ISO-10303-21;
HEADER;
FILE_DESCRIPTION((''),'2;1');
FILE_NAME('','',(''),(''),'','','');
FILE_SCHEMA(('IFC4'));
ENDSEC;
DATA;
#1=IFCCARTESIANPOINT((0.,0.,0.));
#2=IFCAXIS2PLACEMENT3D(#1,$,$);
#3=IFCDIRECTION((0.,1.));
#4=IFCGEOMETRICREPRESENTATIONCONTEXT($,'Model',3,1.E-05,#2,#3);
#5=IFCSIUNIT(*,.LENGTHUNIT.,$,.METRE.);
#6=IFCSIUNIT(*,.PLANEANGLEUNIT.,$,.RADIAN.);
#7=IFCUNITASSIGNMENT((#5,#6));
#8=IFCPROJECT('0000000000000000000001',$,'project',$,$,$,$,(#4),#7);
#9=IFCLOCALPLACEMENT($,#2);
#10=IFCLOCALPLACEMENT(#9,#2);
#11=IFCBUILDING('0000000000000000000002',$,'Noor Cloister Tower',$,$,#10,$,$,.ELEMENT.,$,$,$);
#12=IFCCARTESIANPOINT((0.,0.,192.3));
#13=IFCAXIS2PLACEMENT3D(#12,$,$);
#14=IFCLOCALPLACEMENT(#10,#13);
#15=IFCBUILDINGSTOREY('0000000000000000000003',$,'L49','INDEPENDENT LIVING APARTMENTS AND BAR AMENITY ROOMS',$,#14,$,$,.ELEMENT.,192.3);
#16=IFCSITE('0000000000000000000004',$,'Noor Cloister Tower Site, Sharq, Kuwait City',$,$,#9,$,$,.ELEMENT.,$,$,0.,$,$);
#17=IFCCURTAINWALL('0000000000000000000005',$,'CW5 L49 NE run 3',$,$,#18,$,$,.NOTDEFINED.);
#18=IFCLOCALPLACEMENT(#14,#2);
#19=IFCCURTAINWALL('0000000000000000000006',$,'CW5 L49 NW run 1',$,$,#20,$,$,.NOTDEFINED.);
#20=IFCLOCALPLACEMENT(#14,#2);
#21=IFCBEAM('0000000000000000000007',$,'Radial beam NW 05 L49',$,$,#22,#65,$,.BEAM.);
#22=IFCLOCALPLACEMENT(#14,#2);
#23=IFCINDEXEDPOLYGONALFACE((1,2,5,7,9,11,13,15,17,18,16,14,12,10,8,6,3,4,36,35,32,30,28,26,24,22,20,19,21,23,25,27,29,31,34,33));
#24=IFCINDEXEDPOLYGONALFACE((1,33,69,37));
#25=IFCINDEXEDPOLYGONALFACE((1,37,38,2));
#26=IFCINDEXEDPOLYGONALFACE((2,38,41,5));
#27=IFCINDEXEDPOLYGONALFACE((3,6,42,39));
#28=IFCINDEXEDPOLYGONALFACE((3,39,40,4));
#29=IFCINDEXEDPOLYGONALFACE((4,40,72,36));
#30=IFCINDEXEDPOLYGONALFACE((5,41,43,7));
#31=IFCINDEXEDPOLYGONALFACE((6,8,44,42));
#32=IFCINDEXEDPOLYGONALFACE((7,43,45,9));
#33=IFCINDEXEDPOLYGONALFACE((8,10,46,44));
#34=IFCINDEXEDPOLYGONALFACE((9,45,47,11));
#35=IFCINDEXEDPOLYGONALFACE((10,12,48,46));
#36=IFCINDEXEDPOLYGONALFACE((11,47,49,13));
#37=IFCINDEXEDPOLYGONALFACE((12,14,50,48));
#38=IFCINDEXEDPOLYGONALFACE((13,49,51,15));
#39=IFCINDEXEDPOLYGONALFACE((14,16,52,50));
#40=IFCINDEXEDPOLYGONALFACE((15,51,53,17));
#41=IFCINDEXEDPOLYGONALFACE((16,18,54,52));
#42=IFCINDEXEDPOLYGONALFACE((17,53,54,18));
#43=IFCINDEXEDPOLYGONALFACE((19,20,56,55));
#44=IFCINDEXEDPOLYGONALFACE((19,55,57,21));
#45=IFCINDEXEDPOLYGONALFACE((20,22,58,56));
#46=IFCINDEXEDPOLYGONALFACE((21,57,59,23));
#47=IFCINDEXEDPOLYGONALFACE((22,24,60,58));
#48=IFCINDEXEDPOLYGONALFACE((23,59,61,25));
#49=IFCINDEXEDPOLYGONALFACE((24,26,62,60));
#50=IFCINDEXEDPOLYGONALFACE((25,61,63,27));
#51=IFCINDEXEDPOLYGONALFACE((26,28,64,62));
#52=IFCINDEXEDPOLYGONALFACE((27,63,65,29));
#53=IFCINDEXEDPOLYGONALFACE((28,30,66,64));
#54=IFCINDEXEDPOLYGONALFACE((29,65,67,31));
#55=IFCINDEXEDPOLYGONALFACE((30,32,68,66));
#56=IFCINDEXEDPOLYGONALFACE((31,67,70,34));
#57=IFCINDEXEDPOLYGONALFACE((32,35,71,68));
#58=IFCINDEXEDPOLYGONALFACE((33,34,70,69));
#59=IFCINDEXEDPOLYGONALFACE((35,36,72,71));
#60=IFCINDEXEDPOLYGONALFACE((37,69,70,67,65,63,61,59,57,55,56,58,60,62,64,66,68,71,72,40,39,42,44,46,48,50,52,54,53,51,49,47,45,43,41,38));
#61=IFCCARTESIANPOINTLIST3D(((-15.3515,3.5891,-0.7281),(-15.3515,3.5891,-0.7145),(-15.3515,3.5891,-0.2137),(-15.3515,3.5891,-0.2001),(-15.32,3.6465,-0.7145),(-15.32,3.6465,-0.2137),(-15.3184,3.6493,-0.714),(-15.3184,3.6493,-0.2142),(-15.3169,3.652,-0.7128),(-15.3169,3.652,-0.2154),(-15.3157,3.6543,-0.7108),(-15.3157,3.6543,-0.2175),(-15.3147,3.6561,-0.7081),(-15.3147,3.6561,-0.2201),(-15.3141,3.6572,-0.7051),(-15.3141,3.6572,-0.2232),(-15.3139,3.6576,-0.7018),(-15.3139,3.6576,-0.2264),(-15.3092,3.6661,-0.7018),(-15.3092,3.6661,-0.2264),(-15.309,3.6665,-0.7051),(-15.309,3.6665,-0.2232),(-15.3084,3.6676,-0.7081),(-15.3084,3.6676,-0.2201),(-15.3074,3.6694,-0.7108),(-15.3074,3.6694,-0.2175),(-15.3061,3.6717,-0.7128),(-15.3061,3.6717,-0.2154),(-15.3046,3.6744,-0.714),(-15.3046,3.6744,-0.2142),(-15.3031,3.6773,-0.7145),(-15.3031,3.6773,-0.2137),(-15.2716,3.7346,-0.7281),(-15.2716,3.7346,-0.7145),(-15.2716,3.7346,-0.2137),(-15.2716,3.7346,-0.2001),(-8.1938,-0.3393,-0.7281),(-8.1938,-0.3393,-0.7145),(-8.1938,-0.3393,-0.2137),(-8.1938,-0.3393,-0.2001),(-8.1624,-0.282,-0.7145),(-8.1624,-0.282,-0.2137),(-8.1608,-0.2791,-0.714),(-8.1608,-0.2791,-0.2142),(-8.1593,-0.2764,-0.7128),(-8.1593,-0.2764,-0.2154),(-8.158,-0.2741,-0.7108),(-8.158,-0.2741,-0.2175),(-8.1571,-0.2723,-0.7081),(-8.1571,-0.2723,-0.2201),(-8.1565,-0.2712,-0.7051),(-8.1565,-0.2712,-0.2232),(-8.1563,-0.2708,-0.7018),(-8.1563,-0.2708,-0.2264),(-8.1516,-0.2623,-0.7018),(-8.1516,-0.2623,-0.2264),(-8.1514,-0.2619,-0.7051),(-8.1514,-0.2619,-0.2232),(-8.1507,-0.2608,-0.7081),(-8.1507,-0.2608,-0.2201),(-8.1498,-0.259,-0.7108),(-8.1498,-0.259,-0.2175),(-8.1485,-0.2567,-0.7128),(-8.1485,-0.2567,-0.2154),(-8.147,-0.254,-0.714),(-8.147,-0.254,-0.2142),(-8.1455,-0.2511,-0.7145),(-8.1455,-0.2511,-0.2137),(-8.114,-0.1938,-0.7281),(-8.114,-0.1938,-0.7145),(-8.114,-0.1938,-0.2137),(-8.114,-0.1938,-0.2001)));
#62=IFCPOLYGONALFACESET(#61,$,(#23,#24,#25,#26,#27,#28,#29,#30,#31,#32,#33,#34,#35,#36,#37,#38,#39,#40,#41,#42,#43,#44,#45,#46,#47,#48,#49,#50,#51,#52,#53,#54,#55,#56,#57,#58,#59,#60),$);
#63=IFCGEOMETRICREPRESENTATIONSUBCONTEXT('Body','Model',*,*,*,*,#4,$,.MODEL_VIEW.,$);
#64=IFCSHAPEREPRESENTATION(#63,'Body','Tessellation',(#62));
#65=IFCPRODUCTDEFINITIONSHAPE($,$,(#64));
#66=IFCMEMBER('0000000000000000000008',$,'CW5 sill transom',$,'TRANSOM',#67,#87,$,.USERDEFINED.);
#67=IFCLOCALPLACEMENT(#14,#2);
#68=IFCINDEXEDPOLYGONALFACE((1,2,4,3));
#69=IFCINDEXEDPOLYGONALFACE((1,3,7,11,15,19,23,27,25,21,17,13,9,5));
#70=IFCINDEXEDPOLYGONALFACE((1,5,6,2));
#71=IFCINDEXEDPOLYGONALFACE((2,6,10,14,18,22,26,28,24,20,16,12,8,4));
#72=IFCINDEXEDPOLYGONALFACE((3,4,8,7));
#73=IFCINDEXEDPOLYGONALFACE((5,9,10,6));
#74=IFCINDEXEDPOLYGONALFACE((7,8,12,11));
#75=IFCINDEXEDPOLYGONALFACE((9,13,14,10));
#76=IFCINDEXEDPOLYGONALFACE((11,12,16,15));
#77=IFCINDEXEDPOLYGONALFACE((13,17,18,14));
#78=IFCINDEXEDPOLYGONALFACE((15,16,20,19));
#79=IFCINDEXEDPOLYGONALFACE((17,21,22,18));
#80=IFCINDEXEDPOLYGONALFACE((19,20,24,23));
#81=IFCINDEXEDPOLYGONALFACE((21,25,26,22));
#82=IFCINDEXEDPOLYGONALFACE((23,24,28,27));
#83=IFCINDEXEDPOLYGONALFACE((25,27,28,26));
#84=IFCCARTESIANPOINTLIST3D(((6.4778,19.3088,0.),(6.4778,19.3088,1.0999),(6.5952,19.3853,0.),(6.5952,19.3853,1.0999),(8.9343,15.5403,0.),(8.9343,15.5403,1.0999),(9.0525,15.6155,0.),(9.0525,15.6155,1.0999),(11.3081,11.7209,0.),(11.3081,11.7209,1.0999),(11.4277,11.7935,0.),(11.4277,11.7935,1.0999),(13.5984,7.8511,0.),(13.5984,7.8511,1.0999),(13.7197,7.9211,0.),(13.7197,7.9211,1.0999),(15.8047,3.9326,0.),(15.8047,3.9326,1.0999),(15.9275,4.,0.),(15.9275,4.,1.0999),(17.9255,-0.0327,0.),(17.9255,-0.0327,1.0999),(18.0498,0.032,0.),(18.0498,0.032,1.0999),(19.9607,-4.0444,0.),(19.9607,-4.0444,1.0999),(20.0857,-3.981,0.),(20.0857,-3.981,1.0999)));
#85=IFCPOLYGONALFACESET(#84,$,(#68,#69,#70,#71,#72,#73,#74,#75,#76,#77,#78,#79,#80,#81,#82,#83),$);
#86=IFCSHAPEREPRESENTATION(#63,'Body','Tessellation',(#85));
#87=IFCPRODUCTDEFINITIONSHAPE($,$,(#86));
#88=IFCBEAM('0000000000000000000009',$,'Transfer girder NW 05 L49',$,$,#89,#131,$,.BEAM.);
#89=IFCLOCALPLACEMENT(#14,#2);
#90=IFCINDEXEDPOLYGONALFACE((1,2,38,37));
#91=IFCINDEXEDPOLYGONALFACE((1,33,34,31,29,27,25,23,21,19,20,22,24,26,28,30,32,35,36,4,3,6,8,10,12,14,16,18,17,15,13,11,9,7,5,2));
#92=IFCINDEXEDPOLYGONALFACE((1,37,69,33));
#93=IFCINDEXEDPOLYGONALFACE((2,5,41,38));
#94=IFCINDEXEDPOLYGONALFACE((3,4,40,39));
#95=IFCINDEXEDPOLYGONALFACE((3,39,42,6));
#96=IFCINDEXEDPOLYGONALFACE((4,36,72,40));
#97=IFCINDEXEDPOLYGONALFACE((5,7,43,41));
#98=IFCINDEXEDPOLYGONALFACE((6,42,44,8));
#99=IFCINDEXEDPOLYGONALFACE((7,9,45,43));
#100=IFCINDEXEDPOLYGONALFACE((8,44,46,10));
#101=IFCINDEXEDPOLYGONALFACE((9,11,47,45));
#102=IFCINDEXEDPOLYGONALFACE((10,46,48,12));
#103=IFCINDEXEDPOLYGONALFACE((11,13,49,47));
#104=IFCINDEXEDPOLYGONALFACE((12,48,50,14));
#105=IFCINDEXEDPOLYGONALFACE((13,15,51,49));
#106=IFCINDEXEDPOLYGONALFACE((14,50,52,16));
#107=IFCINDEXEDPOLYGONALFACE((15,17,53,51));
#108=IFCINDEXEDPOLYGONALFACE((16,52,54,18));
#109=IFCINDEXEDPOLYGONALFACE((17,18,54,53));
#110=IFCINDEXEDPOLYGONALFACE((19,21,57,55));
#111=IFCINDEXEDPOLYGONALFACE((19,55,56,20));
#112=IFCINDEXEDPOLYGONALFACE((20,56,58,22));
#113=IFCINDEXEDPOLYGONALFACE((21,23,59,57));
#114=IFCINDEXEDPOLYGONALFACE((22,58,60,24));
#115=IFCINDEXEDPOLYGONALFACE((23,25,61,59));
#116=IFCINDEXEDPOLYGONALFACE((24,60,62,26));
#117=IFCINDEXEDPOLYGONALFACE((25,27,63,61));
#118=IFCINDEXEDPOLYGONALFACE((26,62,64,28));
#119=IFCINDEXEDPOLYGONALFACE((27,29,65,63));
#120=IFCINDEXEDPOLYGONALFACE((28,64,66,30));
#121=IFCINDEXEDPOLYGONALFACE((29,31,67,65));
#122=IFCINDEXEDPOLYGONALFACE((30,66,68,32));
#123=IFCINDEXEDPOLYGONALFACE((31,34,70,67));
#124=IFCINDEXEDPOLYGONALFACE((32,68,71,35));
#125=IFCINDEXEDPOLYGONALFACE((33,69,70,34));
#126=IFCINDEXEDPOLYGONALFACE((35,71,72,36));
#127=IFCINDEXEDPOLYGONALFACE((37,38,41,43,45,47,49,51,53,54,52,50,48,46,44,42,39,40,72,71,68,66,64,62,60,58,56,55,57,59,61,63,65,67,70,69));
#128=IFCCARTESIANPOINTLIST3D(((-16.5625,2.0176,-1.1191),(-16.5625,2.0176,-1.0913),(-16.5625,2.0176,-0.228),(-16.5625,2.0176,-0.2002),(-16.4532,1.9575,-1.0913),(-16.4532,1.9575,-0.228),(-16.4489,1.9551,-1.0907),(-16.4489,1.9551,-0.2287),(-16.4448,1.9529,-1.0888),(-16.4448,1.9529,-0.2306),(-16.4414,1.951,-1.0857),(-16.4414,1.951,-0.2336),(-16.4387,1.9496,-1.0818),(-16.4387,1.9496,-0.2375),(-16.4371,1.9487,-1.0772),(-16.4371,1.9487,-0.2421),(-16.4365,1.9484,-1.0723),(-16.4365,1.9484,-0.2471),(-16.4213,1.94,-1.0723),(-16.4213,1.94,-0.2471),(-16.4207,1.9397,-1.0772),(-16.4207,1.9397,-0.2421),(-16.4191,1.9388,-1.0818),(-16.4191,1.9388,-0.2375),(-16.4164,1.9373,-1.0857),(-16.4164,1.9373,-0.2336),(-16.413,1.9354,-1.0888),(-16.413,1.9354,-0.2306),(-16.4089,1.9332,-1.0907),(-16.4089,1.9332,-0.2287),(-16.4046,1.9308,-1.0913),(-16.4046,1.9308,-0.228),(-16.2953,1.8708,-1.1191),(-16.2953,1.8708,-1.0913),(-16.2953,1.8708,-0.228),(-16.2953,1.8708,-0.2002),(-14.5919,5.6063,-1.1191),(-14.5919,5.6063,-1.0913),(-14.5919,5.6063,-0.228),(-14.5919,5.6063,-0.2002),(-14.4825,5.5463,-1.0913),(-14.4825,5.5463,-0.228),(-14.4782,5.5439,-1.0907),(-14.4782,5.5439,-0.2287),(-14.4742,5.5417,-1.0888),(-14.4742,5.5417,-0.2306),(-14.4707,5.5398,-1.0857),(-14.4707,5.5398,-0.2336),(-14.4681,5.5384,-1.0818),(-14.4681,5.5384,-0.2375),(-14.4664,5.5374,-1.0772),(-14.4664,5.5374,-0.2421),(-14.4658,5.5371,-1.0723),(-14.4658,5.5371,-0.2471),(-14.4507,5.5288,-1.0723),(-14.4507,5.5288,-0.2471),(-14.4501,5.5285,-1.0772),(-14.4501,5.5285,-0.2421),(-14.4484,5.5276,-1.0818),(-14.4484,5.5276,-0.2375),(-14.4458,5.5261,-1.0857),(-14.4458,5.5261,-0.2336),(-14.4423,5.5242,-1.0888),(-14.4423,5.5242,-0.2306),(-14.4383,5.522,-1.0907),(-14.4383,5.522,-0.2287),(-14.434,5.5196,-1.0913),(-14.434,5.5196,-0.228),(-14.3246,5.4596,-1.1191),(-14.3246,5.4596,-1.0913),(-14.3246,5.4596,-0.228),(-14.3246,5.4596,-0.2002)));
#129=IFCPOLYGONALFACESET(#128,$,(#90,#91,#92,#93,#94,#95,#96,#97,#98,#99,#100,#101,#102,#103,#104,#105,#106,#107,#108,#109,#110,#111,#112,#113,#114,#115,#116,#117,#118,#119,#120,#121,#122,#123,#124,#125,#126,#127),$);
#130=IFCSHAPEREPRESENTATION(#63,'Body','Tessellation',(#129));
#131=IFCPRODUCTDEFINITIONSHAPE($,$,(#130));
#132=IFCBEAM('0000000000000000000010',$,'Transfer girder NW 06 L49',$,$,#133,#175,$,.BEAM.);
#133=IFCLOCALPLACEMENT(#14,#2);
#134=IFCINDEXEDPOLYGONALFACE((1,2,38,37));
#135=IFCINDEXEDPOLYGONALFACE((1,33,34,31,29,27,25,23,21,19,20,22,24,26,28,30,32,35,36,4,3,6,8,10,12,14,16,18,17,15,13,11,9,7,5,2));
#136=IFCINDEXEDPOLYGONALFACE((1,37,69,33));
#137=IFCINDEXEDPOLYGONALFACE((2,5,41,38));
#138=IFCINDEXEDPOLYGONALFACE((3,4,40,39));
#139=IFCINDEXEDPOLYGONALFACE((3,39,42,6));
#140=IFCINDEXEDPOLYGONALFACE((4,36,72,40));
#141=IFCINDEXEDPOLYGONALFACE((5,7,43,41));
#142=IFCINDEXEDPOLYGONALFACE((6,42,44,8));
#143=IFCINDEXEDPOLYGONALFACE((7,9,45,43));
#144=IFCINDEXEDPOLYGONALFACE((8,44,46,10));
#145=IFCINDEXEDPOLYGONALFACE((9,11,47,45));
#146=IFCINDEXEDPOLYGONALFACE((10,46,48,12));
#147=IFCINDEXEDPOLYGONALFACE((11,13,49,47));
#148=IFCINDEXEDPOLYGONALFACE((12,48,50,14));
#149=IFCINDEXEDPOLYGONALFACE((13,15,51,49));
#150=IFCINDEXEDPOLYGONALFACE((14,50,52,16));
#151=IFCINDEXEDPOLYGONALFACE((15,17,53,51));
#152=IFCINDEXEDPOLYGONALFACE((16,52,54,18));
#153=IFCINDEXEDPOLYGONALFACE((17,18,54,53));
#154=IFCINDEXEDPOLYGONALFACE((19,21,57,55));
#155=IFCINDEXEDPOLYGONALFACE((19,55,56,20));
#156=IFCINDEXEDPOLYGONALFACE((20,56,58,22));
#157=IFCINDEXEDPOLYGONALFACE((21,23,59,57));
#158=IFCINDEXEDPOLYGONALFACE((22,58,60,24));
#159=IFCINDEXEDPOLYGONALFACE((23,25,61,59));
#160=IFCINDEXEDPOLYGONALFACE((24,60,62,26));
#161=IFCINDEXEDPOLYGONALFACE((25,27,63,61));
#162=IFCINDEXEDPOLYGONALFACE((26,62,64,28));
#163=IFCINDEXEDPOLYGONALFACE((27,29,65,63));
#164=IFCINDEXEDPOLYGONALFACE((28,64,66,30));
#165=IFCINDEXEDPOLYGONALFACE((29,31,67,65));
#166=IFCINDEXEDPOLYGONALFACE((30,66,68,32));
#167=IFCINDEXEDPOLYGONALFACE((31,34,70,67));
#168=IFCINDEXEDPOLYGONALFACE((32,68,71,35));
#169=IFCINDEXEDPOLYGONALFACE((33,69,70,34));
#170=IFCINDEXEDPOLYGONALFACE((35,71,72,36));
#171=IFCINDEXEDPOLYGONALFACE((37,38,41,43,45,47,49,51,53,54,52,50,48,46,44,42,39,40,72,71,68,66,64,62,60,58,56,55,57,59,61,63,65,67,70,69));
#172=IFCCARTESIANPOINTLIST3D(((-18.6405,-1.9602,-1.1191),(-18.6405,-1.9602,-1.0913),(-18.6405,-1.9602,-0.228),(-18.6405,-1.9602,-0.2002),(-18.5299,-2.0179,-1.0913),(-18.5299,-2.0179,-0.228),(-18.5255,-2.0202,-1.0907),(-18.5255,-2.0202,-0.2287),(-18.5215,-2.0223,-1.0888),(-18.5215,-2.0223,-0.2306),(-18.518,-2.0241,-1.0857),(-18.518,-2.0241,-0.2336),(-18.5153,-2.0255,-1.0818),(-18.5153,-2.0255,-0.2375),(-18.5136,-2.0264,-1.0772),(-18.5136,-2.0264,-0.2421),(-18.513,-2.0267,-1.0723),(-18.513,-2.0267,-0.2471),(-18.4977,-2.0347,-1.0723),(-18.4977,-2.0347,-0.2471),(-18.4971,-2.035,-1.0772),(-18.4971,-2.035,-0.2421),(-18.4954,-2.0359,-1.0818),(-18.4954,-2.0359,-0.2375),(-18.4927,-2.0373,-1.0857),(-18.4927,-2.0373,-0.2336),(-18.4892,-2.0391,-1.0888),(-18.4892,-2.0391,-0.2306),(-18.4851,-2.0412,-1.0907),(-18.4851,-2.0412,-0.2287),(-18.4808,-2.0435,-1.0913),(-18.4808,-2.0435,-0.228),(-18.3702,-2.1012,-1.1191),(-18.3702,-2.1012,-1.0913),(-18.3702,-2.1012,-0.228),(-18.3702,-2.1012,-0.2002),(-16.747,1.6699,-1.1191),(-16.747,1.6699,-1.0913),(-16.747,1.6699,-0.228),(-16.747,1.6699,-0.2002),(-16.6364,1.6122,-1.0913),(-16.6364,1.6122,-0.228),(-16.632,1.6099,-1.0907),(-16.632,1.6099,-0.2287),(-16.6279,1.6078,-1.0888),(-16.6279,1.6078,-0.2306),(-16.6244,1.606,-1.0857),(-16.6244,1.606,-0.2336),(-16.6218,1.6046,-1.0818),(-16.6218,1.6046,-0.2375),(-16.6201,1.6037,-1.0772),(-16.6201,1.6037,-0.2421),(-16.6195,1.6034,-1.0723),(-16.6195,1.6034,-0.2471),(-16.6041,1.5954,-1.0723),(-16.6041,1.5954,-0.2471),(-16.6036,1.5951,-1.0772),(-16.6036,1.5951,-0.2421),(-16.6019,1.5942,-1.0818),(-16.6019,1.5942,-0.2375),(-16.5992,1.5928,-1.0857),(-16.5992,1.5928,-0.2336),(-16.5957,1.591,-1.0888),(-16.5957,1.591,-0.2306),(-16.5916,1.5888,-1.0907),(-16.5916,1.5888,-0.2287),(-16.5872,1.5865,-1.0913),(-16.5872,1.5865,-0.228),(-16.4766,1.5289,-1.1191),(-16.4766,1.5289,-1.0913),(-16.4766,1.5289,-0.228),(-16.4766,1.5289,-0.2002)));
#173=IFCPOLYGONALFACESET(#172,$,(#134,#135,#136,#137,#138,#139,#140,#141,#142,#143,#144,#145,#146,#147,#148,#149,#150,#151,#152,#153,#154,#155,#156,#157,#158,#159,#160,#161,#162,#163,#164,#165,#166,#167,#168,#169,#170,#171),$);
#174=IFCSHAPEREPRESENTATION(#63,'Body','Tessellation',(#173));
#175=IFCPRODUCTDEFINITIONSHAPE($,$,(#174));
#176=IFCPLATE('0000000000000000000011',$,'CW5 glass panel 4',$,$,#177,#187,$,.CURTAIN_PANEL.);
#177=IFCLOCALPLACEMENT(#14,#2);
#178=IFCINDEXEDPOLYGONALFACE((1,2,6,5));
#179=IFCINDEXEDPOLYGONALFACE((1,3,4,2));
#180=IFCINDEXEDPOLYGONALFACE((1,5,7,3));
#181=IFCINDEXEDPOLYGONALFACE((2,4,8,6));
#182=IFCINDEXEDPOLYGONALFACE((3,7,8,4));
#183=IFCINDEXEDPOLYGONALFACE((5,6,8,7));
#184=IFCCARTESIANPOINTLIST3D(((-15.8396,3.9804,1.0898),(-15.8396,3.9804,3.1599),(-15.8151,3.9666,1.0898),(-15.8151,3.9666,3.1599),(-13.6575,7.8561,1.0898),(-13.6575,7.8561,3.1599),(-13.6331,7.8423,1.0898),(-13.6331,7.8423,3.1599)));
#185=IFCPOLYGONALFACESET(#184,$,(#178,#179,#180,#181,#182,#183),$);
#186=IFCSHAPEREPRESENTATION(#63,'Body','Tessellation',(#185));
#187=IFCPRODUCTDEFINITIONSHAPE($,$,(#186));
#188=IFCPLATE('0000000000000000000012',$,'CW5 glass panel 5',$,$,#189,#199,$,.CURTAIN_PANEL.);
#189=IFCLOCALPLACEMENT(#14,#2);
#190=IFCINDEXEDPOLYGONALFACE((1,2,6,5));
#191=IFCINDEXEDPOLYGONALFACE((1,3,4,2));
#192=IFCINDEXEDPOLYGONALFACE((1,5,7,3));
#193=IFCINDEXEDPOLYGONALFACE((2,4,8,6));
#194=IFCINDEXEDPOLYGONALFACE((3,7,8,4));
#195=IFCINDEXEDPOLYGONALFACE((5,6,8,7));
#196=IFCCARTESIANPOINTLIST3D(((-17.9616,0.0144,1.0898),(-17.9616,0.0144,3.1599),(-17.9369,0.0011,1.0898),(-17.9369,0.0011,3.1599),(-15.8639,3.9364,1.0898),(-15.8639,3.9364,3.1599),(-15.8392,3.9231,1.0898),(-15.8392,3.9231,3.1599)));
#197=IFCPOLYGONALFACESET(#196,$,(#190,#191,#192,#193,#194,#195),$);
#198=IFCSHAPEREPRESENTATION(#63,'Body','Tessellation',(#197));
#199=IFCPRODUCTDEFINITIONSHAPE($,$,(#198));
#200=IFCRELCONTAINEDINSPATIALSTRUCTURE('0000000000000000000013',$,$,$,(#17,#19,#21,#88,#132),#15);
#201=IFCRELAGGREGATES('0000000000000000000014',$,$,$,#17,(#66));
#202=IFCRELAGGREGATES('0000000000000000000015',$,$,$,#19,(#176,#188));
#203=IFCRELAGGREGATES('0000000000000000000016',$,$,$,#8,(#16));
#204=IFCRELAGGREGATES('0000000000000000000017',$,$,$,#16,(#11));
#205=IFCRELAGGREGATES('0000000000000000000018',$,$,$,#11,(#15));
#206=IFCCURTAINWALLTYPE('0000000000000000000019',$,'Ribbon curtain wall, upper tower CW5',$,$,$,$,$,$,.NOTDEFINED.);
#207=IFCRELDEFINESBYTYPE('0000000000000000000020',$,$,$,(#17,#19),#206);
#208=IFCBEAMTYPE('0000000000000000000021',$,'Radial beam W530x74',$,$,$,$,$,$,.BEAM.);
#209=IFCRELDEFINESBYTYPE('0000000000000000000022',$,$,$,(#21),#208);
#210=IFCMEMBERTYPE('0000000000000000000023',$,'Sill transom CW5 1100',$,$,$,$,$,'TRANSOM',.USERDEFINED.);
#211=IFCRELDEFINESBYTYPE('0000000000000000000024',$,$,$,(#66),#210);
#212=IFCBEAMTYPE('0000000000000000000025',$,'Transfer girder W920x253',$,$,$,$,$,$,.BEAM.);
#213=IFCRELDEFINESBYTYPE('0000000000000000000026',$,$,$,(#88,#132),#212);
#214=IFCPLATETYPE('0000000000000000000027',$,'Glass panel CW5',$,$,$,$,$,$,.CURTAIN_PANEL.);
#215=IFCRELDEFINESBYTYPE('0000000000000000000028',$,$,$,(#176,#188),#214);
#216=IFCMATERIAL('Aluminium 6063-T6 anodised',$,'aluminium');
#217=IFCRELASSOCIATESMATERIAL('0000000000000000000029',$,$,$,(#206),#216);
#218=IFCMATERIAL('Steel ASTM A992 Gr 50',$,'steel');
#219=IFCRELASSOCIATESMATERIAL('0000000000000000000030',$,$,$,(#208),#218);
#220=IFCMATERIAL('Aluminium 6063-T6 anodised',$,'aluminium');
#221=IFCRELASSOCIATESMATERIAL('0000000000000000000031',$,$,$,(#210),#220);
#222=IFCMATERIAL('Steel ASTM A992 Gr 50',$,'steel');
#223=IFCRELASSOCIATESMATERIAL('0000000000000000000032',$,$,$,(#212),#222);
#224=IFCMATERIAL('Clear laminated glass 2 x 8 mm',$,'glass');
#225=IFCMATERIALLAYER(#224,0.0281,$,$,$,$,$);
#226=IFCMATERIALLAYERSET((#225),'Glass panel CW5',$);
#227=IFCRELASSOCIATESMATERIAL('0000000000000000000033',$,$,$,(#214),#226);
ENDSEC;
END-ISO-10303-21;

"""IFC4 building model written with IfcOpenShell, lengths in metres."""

from ifc_helpers import new_model, si_unit, direction, frame, origin, origin_2d, place, context, subcontext, project, spatial, polyline, rectangle, i_section, outline, extrude, material, layer, layer_set, material_profile, profile_set, type_object, element, aggregate, save


model = new_model("IFC4")

# Units and contexts
model_context = context("Model", 3, precision=1e-05, world=origin(), true_north=direction((0.0, 1.0)))
body_context = subcontext(model_context, "Body", "Model", "MODEL_VIEW")
ifc_project = project(units=[si_unit("LENGTHUNIT", "METRE"), si_unit("PLANEANGLEUNIT", "RADIAN")], contexts=[model_context])

# Site, building, storey
site_placement = place(None, origin())
site = spatial("IfcSite", under=ifc_project, at=site_placement, Name="Noor Cloister Tower Site, Sharq, Kuwait City", CompositionType="ELEMENT", RefElevation=0.0)
building_placement = place(site_placement, origin())
building = spatial("IfcBuilding", under=site, at=building_placement, Name="Noor Cloister Tower", CompositionType="ELEMENT")
storey_placement = place(building_placement, frame((0.0, 0.0, 192.3)))
storey = spatial("IfcBuildingStorey", under=building, at=storey_placement, Name="L49", Description="INDEPENDENT LIVING APARTMENTS AND BAR AMENITY ROOMS", CompositionType="ELEMENT", Elevation=192.3)

# Curtain walls
ifc_material_1 = material(Name="Aluminium 6063-T6 anodised", Category="aluminium")
curtain_wall_type = type_object("IfcCurtainWallType", Name="Ribbon curtain wall, upper tower CW5", PredefinedType="NOTDEFINED", material=ifc_material_1)
curtain_wall_1_placement = place(storey_placement, origin())
curtain_wall_1 = element("IfcCurtainWall", 1, at=curtain_wall_1_placement, inside=storey, type_object=curtain_wall_type, Name="CW5 L49 NE run 3", PredefinedType="NOTDEFINED")
curtain_wall_2_placement = place(storey_placement, origin())
curtain_wall_2 = element("IfcCurtainWall", 2, at=curtain_wall_2_placement, inside=storey, type_object=curtain_wall_type, Name="CW5 L49 NW run 1", PredefinedType="NOTDEFINED")

# Beam
ifc_material_2 = material(Name="Steel ASTM A992 Gr 50", Category="steel")
ifc_material_profile_1 = material_profile(ifc_material_2, i_section(OverallWidth=0.166, OverallDepth=0.5281, WebThickness=0.0098, FlangeThickness=0.0137, FilletRadius=0.0127, at=origin_2d()), Name="W530x74")
ifc_profile_set_1 = profile_set([ifc_material_profile_1], Name="Steel ASTM A992 Gr 50")
beam_type_1 = type_object("IfcBeamType", Name="Radial beam W530x74", PredefinedType="BEAM", material=ifc_profile_set_1)
beam_1_placement = place(storey_placement, frame((-15.3115, 3.6619, -0.4641), z_axis=(0.876644, -0.48114, 0.0), x_axis=(0.48114, 0.876644, 0.0)))
element("IfcBeam", 3, at=beam_1_placement, inside=storey, type_object=beam_type_1, Name="Radial beam NW 05 L49", PredefinedType="BEAM", context=body_context, shape_type="SweptSolid", body=[
    extrude(i_section(OverallWidth=0.166, OverallDepth=0.5281, WebThickness=0.0098, FlangeThickness=0.0137, FilletRadius=0.0127, at=origin_2d()), origin(), (0.0, 0.0, 1.0), 8.1648),
])

# Member
ifc_material_3 = material(Name="Aluminium 6063-T6 anodised", Category="aluminium")
member_type_1 = type_object("IfcMemberType", Name="Sill transom CW5 1100", ElementType="TRANSOM", PredefinedType="USERDEFINED", material=ifc_material_3)
member_1_placement = place(storey_placement, origin())
member_1 = element("IfcMember", 4, at=member_1_placement, type_object=member_type_1, Name="CW5 sill transom", ObjectType="TRANSOM", PredefinedType="USERDEFINED", context=body_context, shape_type="SweptSolid", body=[
    extrude(outline(polyline([(20.0857, -3.981), (18.0498, 0.032), (15.9275, 4.0), (13.7197, 7.9211), (11.4277, 11.7935), (9.0525, 15.6155), (6.5952, 19.3853), (6.4778, 19.3088), (8.9343, 15.5403), (11.3081, 11.7209), (13.5984, 7.8511), (15.8047, 3.9326), (17.9255, -0.0327), (19.9607, -4.0444), (20.0857, -3.981)])), origin(), (0.0, 0.0, 1.0), 1.0999),
])
aggregate(curtain_wall_1, [member_1])

# Beams
ifc_material_4 = material(Name="Steel ASTM A992 Gr 50", Category="steel")
ifc_material_profile_2 = material_profile(ifc_material_4, i_section(OverallWidth=0.3049, OverallDepth=0.9189, WebThickness=0.0173, FlangeThickness=0.0278, FilletRadius=0.019, at=origin_2d()), Name="W920x253")
ifc_profile_set_2 = profile_set([ifc_material_profile_2], Name="Steel ASTM A992 Gr 50")
beam_type_2 = type_object("IfcBeamType", Name="Transfer girder W920x253", PredefinedType="BEAM", material=ifc_profile_set_2)
for number, where, z_axis, x_axis, name in (
    (5, (-14.4583, 5.533, -0.6597), (-0.481323, -0.876543, 0.0), (0.876543, -0.481323, 0.0), "Transfer girder NW 05 L49"),
    (6, (-16.6118, 1.5994, -0.6597), (-0.462484, -0.886627, 0.0), (0.886627, -0.462484, 0.0), "Transfer girder NW 06 L49"),
):
    element("IfcBeam", number, at=place(storey_placement, frame(where, z_axis=z_axis, x_axis=x_axis)), inside=storey, type_object=beam_type_2, Name=name, PredefinedType="BEAM", context=body_context, shape_type="SweptSolid", body=[
        extrude(i_section(OverallWidth=0.3049, OverallDepth=0.9189, WebThickness=0.0173, FlangeThickness=0.0278, FilletRadius=0.019, at=origin_2d()), origin(), (0.0, 0.0, 1.0), 4.0942),
    ])

# Plates
ifc_material_5 = material(Name="Clear laminated glass 2 x 8 mm", Category="glass")
ifc_layer_1 = layer(ifc_material_5, 0.0281)
ifc_layer_set_1 = layer_set([ifc_layer_1], Name="Glass panel CW5")
plate_type = type_object("IfcPlateType", Name="Glass panel CW5", PredefinedType="CURTAIN_PANEL", material=ifc_layer_set_1)
plate_1_placement = place(storey_placement, frame((-14.7363, 5.9114, 1.0898), z_axis=(0.0, 0.0, 1.0), x_axis=(-0.4906, -0.871385, 0.0)))
plate_1 = element("IfcPlate", 7, at=plate_1_placement, type_object=plate_type, Name="CW5 glass panel 4", PredefinedType="CURTAIN_PANEL", context=body_context, shape_type="SweptSolid", body=[
    extrude(rectangle(XDim=4.4478, YDim=0.0281, at=origin_2d()), origin(), (0.0, 0.0, 1.0), 2.0701),
])
plate_2_placement = place(storey_placement, frame((-16.9004, 1.9688, 1.0898), z_axis=(0.0, 0.0, 1.0), x_axis=(-0.47163, -0.881797, 0.0)))
plate_2 = element("IfcPlate", 8, at=plate_2_placement, type_object=plate_type, Name="CW5 glass panel 5", PredefinedType="CURTAIN_PANEL", context=body_context, shape_type="SweptSolid", body=[
    extrude(rectangle(XDim=4.4478, YDim=0.0281, at=origin_2d()), origin(), (0.0, 0.0, 1.0), 2.0701),
])
aggregate(curtain_wall_2, [plate_1, plate_2])

save(model, "model.ifc")
